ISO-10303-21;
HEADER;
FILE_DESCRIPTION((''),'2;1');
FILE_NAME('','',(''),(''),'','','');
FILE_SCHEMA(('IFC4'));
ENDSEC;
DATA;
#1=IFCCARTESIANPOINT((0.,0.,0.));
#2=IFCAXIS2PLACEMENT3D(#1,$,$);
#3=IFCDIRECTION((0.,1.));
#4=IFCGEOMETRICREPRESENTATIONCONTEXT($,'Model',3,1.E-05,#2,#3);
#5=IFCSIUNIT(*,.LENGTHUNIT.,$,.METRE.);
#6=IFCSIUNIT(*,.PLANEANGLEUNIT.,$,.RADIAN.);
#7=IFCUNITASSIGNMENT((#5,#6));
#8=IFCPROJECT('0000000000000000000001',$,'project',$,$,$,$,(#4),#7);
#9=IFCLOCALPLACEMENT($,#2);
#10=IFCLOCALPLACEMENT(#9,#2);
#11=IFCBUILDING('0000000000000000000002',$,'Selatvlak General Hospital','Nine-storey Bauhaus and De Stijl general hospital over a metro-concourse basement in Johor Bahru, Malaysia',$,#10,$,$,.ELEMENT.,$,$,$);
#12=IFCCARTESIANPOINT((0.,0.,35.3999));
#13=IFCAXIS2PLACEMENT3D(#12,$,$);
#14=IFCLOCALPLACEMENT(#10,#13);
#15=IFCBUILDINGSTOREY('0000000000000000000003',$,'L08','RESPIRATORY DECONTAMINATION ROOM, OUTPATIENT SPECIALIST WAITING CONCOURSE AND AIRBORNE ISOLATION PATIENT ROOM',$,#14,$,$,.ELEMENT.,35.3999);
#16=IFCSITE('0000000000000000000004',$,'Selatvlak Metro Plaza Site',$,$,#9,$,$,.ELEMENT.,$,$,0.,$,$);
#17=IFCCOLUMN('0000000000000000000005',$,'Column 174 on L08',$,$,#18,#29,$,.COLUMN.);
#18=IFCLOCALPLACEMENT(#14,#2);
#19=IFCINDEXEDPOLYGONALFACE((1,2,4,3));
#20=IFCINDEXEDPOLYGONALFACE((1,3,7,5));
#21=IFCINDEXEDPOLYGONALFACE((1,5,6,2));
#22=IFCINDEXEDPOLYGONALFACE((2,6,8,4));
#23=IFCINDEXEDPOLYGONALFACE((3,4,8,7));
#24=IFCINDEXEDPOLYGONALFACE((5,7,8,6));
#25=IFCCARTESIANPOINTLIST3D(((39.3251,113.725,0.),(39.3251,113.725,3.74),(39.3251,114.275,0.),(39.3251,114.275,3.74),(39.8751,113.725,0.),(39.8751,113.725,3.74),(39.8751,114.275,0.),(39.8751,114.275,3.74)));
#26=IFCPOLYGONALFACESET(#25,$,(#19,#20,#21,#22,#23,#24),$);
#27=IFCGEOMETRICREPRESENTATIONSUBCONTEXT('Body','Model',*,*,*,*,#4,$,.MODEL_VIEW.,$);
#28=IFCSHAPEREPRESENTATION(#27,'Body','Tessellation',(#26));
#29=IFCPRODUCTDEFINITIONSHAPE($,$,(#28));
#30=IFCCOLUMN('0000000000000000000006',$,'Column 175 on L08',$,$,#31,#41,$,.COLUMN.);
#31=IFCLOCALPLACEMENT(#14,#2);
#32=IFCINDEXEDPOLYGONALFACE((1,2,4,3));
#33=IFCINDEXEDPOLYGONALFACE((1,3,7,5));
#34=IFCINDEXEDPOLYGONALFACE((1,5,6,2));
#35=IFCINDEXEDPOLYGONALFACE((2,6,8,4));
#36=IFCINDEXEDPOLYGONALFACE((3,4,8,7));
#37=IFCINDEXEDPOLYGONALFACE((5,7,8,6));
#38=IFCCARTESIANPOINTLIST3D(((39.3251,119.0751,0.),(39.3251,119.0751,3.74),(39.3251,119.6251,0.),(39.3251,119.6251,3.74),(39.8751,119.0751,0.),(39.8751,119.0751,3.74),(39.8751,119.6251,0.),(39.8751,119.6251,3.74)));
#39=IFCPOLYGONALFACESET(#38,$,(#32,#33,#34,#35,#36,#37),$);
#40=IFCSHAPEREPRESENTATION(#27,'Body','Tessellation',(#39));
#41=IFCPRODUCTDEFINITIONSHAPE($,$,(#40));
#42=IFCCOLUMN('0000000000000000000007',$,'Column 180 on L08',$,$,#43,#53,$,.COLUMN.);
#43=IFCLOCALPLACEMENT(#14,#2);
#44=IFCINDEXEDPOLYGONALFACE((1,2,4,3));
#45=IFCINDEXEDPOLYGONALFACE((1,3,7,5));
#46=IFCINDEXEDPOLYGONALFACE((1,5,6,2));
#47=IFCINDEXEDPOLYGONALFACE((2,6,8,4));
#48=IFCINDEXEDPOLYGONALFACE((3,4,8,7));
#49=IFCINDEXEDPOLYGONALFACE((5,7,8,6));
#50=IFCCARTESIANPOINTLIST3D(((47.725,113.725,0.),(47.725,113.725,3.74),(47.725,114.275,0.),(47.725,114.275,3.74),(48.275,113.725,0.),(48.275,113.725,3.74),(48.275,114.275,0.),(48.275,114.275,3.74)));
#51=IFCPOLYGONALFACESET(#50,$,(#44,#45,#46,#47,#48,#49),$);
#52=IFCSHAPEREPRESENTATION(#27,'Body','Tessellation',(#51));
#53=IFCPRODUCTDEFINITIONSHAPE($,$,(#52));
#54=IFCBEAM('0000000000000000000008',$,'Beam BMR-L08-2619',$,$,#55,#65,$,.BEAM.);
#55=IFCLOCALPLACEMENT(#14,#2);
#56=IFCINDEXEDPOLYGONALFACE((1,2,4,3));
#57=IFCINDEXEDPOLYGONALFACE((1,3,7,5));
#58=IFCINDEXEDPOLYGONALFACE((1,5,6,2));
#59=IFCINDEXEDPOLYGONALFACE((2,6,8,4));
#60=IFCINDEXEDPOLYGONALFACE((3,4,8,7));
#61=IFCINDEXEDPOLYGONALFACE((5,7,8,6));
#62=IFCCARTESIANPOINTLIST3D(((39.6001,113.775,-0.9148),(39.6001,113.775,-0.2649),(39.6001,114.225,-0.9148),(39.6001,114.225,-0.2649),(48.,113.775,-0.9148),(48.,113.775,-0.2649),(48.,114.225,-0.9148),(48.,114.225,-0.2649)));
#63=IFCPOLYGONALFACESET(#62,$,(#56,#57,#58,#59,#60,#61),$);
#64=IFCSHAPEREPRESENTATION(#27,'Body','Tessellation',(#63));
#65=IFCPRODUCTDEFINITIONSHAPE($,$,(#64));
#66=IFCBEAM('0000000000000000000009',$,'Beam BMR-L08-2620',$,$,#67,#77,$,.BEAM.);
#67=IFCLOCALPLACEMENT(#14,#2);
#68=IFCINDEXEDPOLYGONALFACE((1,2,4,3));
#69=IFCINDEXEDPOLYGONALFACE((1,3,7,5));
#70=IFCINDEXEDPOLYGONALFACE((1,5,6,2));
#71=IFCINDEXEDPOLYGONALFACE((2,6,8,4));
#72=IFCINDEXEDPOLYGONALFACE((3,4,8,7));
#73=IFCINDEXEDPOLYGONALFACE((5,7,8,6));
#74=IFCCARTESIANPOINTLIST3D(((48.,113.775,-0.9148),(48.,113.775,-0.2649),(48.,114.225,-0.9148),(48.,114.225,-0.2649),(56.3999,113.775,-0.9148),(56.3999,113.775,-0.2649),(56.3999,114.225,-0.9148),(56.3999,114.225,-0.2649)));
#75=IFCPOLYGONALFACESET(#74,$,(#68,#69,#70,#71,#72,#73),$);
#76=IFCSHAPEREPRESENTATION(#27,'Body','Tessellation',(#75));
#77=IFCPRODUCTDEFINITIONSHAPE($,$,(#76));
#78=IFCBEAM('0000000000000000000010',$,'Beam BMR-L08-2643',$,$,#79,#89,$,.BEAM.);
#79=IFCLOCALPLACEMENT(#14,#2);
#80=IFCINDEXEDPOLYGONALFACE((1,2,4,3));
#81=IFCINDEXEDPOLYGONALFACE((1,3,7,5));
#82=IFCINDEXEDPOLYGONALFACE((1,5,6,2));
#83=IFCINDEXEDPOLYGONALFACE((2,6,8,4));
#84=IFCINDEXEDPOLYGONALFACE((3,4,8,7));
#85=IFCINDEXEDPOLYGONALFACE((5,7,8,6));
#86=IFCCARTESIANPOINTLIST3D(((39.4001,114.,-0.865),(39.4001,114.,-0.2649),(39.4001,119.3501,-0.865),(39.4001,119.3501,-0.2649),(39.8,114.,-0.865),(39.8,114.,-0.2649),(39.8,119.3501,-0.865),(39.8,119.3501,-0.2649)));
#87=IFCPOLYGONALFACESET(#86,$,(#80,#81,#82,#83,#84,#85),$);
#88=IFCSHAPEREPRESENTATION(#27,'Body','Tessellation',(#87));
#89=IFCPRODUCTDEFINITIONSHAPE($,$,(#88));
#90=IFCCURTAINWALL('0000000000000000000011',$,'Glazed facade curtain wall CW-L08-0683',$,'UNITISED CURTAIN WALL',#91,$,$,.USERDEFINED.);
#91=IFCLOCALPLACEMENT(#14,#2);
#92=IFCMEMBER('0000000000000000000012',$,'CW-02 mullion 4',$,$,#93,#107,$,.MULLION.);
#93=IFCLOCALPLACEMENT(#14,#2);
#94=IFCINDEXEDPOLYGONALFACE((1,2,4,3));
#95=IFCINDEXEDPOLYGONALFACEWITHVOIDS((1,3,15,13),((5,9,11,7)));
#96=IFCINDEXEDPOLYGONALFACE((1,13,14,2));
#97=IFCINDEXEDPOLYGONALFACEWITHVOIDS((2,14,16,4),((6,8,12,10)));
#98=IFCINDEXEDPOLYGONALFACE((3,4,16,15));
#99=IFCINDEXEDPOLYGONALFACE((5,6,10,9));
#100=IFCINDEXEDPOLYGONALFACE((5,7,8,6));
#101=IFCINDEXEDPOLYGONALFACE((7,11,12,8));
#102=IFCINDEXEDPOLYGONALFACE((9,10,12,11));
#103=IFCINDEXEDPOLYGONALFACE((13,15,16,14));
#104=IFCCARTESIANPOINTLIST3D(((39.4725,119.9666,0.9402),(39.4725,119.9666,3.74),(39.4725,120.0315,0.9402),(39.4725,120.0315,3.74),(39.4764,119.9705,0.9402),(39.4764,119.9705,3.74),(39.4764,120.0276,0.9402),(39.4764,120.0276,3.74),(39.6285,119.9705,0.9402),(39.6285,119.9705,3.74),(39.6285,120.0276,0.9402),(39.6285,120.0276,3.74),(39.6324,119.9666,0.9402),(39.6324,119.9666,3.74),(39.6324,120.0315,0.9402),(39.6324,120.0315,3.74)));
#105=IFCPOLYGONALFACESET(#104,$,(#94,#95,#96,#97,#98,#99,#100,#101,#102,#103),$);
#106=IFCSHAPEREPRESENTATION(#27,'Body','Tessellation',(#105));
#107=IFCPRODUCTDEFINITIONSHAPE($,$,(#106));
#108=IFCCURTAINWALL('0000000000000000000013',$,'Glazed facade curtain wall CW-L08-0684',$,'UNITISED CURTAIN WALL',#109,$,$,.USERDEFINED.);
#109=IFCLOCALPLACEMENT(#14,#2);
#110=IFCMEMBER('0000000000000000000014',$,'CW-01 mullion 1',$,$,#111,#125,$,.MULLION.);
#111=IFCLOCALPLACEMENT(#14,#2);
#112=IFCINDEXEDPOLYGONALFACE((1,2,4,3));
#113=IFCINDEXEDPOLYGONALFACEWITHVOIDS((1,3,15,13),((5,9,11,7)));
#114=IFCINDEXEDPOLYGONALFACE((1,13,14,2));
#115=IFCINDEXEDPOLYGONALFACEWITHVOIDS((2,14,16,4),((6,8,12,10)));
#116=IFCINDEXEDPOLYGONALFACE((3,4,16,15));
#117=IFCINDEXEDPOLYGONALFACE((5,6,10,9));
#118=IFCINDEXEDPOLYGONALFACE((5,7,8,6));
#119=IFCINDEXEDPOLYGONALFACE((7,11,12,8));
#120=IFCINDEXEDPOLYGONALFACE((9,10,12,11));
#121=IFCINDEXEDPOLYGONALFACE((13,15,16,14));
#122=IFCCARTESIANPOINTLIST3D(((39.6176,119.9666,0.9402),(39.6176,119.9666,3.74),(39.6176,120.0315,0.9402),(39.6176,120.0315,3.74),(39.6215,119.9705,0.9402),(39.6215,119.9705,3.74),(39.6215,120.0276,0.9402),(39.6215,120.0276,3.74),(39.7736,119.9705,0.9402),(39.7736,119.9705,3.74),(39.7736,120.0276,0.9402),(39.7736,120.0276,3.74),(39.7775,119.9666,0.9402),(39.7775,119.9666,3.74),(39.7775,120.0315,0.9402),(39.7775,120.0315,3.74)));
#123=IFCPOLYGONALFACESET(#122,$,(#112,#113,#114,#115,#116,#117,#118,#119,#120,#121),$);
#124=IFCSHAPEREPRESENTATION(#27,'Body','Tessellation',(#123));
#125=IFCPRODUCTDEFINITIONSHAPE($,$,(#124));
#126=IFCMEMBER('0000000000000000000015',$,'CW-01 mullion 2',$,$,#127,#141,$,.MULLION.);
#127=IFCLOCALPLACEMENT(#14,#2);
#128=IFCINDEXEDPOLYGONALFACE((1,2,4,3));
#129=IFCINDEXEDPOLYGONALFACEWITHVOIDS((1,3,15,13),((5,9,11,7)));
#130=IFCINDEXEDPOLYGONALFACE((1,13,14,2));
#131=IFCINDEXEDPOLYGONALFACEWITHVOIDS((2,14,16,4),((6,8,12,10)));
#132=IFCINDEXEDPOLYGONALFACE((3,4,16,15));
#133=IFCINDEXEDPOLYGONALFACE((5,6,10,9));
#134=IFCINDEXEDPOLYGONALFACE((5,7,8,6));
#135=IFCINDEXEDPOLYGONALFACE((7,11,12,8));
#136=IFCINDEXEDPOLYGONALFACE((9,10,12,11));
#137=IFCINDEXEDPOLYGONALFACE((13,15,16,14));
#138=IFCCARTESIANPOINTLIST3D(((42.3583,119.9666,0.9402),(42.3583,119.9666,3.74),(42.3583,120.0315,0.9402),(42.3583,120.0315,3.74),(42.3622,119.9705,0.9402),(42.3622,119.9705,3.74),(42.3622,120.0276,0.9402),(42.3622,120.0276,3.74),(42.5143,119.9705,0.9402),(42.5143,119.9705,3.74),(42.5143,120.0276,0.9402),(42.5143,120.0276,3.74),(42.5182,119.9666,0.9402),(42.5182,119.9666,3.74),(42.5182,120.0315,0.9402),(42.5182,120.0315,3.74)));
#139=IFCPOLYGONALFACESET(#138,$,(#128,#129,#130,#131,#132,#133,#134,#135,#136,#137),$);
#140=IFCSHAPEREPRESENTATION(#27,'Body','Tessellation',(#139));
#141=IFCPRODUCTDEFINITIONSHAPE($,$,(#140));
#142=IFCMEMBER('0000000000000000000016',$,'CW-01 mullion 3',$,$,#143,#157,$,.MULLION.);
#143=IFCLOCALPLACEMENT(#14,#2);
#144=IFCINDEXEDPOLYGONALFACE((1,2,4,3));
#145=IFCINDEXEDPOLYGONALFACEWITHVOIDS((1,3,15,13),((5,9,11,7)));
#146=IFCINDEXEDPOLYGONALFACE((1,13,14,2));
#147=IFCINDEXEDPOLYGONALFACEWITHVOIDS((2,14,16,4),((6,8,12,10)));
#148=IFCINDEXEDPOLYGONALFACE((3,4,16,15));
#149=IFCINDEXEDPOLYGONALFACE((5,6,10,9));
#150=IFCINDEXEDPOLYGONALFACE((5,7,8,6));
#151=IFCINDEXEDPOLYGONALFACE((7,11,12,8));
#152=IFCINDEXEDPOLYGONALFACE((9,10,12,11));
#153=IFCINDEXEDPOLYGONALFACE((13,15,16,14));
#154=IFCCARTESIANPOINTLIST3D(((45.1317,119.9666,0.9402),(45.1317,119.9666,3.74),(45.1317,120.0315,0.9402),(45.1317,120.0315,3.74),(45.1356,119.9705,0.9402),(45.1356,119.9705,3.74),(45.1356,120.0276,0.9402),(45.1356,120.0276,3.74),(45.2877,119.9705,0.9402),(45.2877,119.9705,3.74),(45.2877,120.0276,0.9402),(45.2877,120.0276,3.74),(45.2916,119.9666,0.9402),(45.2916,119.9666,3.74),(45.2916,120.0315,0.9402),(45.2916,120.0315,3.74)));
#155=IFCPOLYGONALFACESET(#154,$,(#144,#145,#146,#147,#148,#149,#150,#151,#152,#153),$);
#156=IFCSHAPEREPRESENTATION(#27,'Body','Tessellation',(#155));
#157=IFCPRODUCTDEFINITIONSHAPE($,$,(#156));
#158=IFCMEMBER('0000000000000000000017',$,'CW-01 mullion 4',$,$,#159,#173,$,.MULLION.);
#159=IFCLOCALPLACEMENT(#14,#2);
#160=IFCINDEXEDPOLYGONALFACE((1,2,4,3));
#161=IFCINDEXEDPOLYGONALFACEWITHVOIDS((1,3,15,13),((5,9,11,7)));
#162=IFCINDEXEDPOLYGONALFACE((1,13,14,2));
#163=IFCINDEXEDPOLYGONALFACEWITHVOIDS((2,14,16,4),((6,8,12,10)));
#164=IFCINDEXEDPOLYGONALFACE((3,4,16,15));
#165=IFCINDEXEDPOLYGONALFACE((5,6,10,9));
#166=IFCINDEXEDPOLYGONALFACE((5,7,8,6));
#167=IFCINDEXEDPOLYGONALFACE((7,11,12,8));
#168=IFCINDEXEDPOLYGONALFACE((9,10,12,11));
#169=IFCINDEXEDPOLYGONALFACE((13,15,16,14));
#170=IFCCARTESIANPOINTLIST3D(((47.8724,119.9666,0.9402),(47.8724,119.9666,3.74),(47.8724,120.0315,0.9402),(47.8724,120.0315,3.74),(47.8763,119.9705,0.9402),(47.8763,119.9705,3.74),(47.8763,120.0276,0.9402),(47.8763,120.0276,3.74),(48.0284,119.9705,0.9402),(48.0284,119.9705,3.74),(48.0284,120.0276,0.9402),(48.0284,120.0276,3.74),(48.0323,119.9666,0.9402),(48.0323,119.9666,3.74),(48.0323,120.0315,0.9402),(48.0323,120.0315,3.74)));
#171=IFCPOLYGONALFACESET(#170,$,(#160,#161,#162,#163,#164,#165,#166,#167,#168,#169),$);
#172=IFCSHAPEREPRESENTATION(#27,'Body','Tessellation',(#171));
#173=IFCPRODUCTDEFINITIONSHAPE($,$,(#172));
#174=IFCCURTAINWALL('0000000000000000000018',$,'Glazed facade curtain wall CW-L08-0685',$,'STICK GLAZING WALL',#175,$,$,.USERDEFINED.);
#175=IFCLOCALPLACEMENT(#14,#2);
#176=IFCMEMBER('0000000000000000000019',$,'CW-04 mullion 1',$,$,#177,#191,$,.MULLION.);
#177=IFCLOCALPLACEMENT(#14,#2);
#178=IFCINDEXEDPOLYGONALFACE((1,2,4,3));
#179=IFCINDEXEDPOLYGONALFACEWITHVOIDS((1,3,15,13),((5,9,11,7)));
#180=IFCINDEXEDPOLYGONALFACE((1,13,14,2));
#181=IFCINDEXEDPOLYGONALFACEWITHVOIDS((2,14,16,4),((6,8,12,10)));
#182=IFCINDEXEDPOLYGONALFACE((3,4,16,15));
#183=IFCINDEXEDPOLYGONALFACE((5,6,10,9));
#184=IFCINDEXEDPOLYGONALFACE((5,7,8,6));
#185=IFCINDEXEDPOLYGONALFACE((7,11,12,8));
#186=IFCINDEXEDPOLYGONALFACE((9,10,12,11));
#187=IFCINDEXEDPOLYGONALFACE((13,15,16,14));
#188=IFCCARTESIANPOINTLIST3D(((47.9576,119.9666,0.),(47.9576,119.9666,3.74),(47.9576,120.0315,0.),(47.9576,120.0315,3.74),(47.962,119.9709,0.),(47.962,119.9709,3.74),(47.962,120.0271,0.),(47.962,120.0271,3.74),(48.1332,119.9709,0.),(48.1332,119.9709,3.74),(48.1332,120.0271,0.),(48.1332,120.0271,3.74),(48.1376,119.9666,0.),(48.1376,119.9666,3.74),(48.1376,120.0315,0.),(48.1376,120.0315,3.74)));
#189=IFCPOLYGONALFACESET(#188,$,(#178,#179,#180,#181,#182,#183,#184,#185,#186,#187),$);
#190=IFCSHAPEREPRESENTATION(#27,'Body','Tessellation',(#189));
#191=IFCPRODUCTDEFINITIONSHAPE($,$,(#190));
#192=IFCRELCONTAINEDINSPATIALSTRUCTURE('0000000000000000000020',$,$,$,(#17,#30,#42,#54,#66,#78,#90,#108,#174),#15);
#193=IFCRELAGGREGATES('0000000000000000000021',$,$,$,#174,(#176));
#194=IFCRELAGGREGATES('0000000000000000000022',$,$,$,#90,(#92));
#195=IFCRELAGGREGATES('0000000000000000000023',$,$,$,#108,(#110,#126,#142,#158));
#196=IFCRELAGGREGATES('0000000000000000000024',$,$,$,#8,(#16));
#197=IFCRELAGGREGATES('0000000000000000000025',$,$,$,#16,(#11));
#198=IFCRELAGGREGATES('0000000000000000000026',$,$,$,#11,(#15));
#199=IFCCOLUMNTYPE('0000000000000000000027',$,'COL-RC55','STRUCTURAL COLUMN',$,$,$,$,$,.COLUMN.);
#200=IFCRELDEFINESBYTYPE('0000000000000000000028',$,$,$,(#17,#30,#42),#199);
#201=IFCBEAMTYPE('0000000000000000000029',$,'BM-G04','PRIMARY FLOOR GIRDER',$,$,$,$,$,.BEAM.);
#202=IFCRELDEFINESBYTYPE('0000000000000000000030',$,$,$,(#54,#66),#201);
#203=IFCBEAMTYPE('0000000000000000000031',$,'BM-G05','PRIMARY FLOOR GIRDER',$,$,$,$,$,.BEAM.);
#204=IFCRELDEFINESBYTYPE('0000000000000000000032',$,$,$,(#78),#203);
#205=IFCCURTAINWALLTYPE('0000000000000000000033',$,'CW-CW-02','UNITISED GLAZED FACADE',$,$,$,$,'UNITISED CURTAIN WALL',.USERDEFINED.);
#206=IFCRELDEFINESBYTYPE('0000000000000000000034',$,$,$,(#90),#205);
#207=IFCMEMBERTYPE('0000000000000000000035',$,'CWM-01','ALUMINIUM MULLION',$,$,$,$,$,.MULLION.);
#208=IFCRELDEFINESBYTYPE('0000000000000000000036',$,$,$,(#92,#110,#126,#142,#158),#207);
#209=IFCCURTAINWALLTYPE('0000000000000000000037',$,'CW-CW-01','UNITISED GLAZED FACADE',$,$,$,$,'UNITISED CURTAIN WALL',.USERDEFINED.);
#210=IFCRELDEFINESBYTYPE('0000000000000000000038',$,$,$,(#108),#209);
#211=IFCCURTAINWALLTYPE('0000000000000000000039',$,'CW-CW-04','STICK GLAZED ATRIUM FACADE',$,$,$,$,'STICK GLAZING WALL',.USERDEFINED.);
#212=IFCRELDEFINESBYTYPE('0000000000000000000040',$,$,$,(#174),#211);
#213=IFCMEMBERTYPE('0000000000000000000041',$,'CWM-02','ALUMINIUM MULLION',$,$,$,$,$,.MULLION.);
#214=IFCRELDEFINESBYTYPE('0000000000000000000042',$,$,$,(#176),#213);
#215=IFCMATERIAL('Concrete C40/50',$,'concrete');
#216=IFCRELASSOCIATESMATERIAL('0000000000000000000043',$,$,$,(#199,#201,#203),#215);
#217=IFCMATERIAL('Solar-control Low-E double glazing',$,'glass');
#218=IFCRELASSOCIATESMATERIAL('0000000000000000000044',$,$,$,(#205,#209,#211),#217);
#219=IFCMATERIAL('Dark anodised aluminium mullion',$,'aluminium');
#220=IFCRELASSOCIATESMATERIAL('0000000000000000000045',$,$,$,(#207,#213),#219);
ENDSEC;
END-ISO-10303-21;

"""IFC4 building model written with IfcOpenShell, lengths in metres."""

from ifc_helpers import new_model, si_unit, direction, frame, origin, origin_2d, place, context, subcontext, project, spatial, rectangle, hollow_rectangle, extrude, material, material_profile, profile_set, type_object, element, aggregate, save


model = new_model("IFC4")

# Units and contexts
model_context = context("Model", 3, precision=1e-05, world=origin(), true_north=direction((0.0, 1.0)))
body_context = subcontext(model_context, "Body", "Model", "MODEL_VIEW")
ifc_project = project(units=[si_unit("LENGTHUNIT", "METRE"), si_unit("PLANEANGLEUNIT", "RADIAN")], contexts=[model_context])

# Site, building, storey
site_placement = place(None, origin())
site = spatial("IfcSite", under=ifc_project, at=site_placement, Name="Selatvlak Metro Plaza Site", CompositionType="ELEMENT", RefElevation=0.0)
building_placement = place(site_placement, origin())
building = spatial("IfcBuilding", under=site, at=building_placement, Name="Selatvlak General Hospital", Description="Nine-storey Bauhaus and De Stijl general hospital over a metro-concourse basement in Johor Bahru, Malaysia", CompositionType="ELEMENT")
storey_placement = place(building_placement, frame((0.0, 0.0, 35.3999)))
storey = spatial("IfcBuildingStorey", under=building, at=storey_placement, Name="L08", Description="RESPIRATORY DECONTAMINATION ROOM, OUTPATIENT SPECIALIST WAITING CONCOURSE AND AIRBORNE ISOLATION PATIENT ROOM", CompositionType="ELEMENT", Elevation=35.3999)

# Columns
ifc_material_1 = material(Name="Concrete C40/50", Category="concrete")
ifc_material_profile_1 = material_profile(ifc_material_1, rectangle(XDim=0.55, YDim=0.55, at=origin_2d()), Name="RC-COL 550x550")
ifc_profile_set_1 = profile_set([ifc_material_profile_1], Name="Concrete C40/50")
column_type = type_object("IfcColumnType", Name="COL-RC55", Description="STRUCTURAL COLUMN", PredefinedType="COLUMN", material=ifc_profile_set_1)
for number, where, z_axis, x_axis, name in (
    (1, (39.6001, 114.0, 0.0), (0.0, 0.0, 1.0), (1.0, 0.0, 0.0), "Column 174 on L08"),
    (2, (39.6001, 119.3501, 0.0), (0.0, 0.0, 1.0), (1.0, 0.0, 0.0), "Column 175 on L08"),
    (3, (48.0, 114.0, 0.0), (0.0, 0.0, 1.0), (1.0, 0.0, 0.0), "Column 180 on L08"),
):
    element("IfcColumn", number, at=place(storey_placement, frame(where, z_axis=z_axis, x_axis=x_axis)), inside=storey, type_object=column_type, Name=name, PredefinedType="COLUMN", context=body_context, shape_type="SweptSolid", body=[
        extrude(rectangle(XDim=0.55, YDim=0.55, at=origin_2d()), origin(), (0.0, 0.0, 1.0), 3.74),
    ])

# Beams
ifc_material_profile_2 = material_profile(ifc_material_1, rectangle(XDim=0.45, YDim=0.6499, at=origin_2d()), Name="RC-BM 450x650")
ifc_profile_set_2 = profile_set([ifc_material_profile_2], Name="Concrete C40/50")
beam_type_1 = type_object("IfcBeamType", Name="BM-G04", Description="PRIMARY FLOOR GIRDER", PredefinedType="BEAM", material=ifc_profile_set_2)
for number, where, z_axis, x_axis, name in (
    (4, (39.6001, 114.0, -0.5898), (1.0, 0.0, 0.0), (0.0, 1.0, 0.0), "Beam BMR-L08-2619"),
    (5, (48.0, 114.0, -0.5898), (1.0, 0.0, 0.0), (0.0, 1.0, 0.0), "Beam BMR-L08-2620"),
):
    element("IfcBeam", number, at=place(storey_placement, frame(where, z_axis=z_axis, x_axis=x_axis)), inside=storey, type_object=beam_type_1, Name=name, PredefinedType="BEAM", context=body_context, shape_type="SweptSolid", body=[
        extrude(rectangle(XDim=0.45, YDim=0.6499, at=origin_2d()), origin(), (0.0, 0.0, 1.0), 8.3999),
    ])
ifc_material_profile_3 = material_profile(ifc_material_1, rectangle(XDim=0.3999, YDim=0.6001, at=origin_2d()), Name="RC-BM 400x600")
ifc_profile_set_3 = profile_set([ifc_material_profile_3], Name="Concrete C40/50")
beam_type_2 = type_object("IfcBeamType", Name="BM-G05", Description="PRIMARY FLOOR GIRDER", PredefinedType="BEAM", material=ifc_profile_set_3)
beam_placement = place(storey_placement, frame((39.6001, 114.0, -0.5649), z_axis=(0.0, 1.0, 0.0), x_axis=(-1.0, 0.0, 0.0)))
element("IfcBeam", 6, at=beam_placement, inside=storey, type_object=beam_type_2, Name="Beam BMR-L08-2643", PredefinedType="BEAM", context=body_context, shape_type="SweptSolid", body=[
    extrude(rectangle(XDim=0.3999, YDim=0.6001, at=origin_2d()), origin(), (0.0, 0.0, 1.0), 5.3501),
])

# Curtain wall, member
ifc_material_2 = material(Name="Solar-control Low-E double glazing", Category="glass")
curtain_wall_type_1 = type_object("IfcCurtainWallType", Name="CW-CW-02", Description="UNITISED GLAZED FACADE", ElementType="UNITISED CURTAIN WALL", PredefinedType="USERDEFINED", material=ifc_material_2)
curtain_wall_1_placement = place(storey_placement, origin())
curtain_wall_1 = element("IfcCurtainWall", 7, at=curtain_wall_1_placement, inside=storey, type_object=curtain_wall_type_1, Name="Glazed facade curtain wall CW-L08-0683", ObjectType="UNITISED CURTAIN WALL", PredefinedType="USERDEFINED")
ifc_material_3 = material(Name="Dark anodised aluminium mullion", Category="aluminium")
ifc_material_profile_4 = material_profile(ifc_material_3, hollow_rectangle(XDim=0.0649, YDim=0.1599, WallThickness=0.0039, at=origin_2d()), Name="AL-MUL 65x160x4")
ifc_profile_set_4 = profile_set([ifc_material_profile_4], Name="Dark anodised aluminium mullion")
member_type_1 = type_object("IfcMemberType", Name="CWM-01", Description="ALUMINIUM MULLION", PredefinedType="MULLION", material=ifc_profile_set_4)
member_1_placement = place(storey_placement, frame((39.5525, 119.999, 0.9402), z_axis=(0.0, 0.0, 1.0), x_axis=(0.0, 1.0, 0.0)))
member_1 = element("IfcMember", 8, at=member_1_placement, type_object=member_type_1, Name="CW-02 mullion 4", PredefinedType="MULLION", context=body_context, shape_type="SweptSolid", body=[
    extrude(hollow_rectangle(XDim=0.0649, YDim=0.1599, WallThickness=0.0039, at=origin_2d()), origin(), (0.0, 0.0, 1.0), 2.7998),
])

# Curtain wall, members
curtain_wall_type_2 = type_object("IfcCurtainWallType", Name="CW-CW-01", Description="UNITISED GLAZED FACADE", ElementType="UNITISED CURTAIN WALL", PredefinedType="USERDEFINED", material=ifc_material_2)
curtain_wall_2_placement = place(storey_placement, origin())
curtain_wall_2 = element("IfcCurtainWall", 9, at=curtain_wall_2_placement, inside=storey, type_object=curtain_wall_type_2, Name="Glazed facade curtain wall CW-L08-0684", ObjectType="UNITISED CURTAIN WALL", PredefinedType="USERDEFINED")
member_2_placement = place(storey_placement, frame((39.6975, 119.999, 0.9402), z_axis=(0.0, 0.0, 1.0), x_axis=(0.0, 1.0, 0.0)))
member_2 = element("IfcMember", 10, at=member_2_placement, type_object=member_type_1, Name="CW-01 mullion 1", PredefinedType="MULLION", context=body_context, shape_type="SweptSolid", body=[
    extrude(hollow_rectangle(XDim=0.0649, YDim=0.1599, WallThickness=0.0039, at=origin_2d()), origin(), (0.0, 0.0, 1.0), 2.7998),
])
member_3_placement = place(storey_placement, frame((42.4382, 119.999, 0.9402), z_axis=(0.0, 0.0, 1.0), x_axis=(0.0, 1.0, 0.0)))
member_3 = element("IfcMember", 11, at=member_3_placement, type_object=member_type_1, Name="CW-01 mullion 2", PredefinedType="MULLION", context=body_context, shape_type="SweptSolid", body=[
    extrude(hollow_rectangle(XDim=0.0649, YDim=0.1599, WallThickness=0.0039, at=origin_2d()), origin(), (0.0, 0.0, 1.0), 2.7998),
])
member_4_placement = place(storey_placement, frame((45.2117, 119.999, 0.9402), z_axis=(0.0, 0.0, 1.0), x_axis=(0.0, 1.0, 0.0)))
member_4 = element("IfcMember", 12, at=member_4_placement, type_object=member_type_1, Name="CW-01 mullion 3", PredefinedType="MULLION", context=body_context, shape_type="SweptSolid", body=[
    extrude(hollow_rectangle(XDim=0.0649, YDim=0.1599, WallThickness=0.0039, at=origin_2d()), origin(), (0.0, 0.0, 1.0), 2.7998),
])
member_5_placement = place(storey_placement, frame((47.9524, 119.999, 0.9402), z_axis=(0.0, 0.0, 1.0), x_axis=(0.0, 1.0, 0.0)))
member_5 = element("IfcMember", 13, at=member_5_placement, type_object=member_type_1, Name="CW-01 mullion 4", PredefinedType="MULLION", context=body_context, shape_type="SweptSolid", body=[
    extrude(hollow_rectangle(XDim=0.0649, YDim=0.1599, WallThickness=0.0039, at=origin_2d()), origin(), (0.0, 0.0, 1.0), 2.7998),
])

# Curtain wall, member
curtain_wall_type_3 = type_object("IfcCurtainWallType", Name="CW-CW-04", Description="STICK GLAZED ATRIUM FACADE", ElementType="STICK GLAZING WALL", PredefinedType="USERDEFINED", material=ifc_material_2)
curtain_wall_3_placement = place(storey_placement, origin())
curtain_wall_3 = element("IfcCurtainWall", 14, at=curtain_wall_3_placement, inside=storey, type_object=curtain_wall_type_3, Name="Glazed facade curtain wall CW-L08-0685", ObjectType="STICK GLAZING WALL", PredefinedType="USERDEFINED")
ifc_material_profile_5 = material_profile(ifc_material_3, hollow_rectangle(XDim=0.0649, YDim=0.1799, WallThickness=0.0044, at=origin_2d()), Name="AL-MUL 65x180x4.5")
ifc_profile_set_5 = profile_set([ifc_material_profile_5], Name="Dark anodised aluminium mullion")
member_type_2 = type_object("IfcMemberType", Name="CWM-02", Description="ALUMINIUM MULLION", PredefinedType="MULLION", material=ifc_profile_set_5)
member_6_placement = place(storey_placement, frame((48.0476, 119.999, 0.0), z_axis=(0.0, 0.0, 1.0), x_axis=(0.0, 1.0, 0.0)))
member_6 = element("IfcMember", 15, at=member_6_placement, type_object=member_type_2, Name="CW-04 mullion 1", PredefinedType="MULLION", context=body_context, shape_type="SweptSolid", body=[
    extrude(hollow_rectangle(XDim=0.0649, YDim=0.1799, WallThickness=0.0044, at=origin_2d()), origin(), (0.0, 0.0, 1.0), 3.74),
])

aggregate(curtain_wall_3, [member_6])

aggregate(curtain_wall_1, [member_1])
aggregate(curtain_wall_2, [member_2, member_3, member_4, member_5])

save(model, "model.ifc")
